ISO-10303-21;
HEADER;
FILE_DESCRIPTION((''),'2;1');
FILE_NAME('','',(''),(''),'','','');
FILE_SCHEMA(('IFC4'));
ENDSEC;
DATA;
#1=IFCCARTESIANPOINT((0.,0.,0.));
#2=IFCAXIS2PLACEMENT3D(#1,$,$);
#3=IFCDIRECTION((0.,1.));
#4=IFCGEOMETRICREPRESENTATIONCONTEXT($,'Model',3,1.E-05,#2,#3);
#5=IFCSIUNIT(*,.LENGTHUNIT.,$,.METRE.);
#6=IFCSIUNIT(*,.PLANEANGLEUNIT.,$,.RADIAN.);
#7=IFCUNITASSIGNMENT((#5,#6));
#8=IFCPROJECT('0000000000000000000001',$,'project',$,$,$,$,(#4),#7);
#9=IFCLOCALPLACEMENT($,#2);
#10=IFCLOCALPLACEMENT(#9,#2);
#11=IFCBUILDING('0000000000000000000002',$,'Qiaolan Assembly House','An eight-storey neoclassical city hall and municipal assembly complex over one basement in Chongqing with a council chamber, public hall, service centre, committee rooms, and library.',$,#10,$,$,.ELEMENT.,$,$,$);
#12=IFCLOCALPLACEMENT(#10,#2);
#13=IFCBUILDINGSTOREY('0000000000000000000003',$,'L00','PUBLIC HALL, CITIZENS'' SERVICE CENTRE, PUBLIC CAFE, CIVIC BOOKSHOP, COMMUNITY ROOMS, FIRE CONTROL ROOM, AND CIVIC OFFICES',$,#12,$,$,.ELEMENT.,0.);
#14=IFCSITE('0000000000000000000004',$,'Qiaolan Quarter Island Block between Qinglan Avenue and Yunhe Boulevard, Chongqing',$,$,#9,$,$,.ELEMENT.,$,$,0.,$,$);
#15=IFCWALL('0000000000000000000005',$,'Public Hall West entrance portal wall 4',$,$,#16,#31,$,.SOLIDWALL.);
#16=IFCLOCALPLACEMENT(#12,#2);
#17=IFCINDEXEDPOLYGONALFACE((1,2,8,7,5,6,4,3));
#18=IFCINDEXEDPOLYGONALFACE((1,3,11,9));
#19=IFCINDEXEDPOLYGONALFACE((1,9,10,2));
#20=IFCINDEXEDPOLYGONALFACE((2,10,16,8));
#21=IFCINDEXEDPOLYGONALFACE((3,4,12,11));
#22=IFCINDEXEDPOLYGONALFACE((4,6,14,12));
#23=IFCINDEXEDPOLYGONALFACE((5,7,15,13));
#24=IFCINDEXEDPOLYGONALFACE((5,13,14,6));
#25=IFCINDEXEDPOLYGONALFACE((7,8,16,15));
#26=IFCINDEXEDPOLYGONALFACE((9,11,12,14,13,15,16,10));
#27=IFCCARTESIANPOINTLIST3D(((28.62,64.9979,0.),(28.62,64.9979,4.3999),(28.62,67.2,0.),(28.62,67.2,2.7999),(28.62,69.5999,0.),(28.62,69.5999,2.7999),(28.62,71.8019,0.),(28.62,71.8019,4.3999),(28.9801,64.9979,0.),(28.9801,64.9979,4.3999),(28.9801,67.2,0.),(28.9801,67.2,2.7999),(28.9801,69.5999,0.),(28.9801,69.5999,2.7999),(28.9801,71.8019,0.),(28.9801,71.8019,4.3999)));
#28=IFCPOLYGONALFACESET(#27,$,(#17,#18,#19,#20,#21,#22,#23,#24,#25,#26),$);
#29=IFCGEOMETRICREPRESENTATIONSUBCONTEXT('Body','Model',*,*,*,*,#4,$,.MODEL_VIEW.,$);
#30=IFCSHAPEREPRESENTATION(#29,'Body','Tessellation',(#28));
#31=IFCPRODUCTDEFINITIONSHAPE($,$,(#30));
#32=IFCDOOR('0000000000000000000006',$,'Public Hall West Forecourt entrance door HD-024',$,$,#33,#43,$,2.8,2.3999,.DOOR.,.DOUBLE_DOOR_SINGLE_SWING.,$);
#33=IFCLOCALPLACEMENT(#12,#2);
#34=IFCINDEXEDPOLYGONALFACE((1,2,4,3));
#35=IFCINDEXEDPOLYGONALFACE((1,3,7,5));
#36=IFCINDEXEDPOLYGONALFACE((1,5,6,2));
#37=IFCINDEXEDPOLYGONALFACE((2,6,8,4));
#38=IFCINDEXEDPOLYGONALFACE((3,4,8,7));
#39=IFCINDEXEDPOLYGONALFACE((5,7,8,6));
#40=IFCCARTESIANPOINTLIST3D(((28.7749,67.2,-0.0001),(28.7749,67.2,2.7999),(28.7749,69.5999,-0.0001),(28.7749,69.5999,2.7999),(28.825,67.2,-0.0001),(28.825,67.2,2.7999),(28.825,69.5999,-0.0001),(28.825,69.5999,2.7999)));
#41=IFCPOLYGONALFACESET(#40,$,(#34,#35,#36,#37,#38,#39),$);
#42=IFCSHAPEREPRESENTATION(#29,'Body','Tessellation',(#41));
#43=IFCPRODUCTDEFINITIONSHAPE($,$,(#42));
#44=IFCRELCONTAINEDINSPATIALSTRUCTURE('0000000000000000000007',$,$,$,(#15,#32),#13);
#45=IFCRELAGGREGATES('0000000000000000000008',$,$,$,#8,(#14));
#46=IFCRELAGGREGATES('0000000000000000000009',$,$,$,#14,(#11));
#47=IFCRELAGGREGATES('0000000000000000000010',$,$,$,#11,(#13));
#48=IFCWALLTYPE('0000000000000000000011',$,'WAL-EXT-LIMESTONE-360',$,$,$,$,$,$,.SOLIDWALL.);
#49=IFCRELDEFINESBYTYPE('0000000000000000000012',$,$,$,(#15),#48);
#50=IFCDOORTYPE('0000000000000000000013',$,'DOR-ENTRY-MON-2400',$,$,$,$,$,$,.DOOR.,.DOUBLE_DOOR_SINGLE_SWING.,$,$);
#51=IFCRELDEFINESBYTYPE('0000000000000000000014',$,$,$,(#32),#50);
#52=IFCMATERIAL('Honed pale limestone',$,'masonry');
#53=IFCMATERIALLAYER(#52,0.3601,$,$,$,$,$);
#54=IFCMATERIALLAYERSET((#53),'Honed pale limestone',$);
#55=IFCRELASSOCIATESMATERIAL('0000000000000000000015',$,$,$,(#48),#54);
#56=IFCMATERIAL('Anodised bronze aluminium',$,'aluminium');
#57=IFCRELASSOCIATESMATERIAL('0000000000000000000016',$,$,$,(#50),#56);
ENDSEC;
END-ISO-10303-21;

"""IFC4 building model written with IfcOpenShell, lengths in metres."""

from ifc_helpers import new_model, si_unit, direction, frame, frame_2d, origin, place, context, subcontext, project, spatial, rectangle, extrude, material, layer, layer_set, type_object, element, fill, save


model = new_model("IFC4")

# Units and contexts
model_context = context("Model", 3, precision=1e-05, world=origin(), true_north=direction((0.0, 1.0)))
body_context = subcontext(model_context, "Body", "Model", "MODEL_VIEW")
ifc_project = project(units=[si_unit("LENGTHUNIT", "METRE"), si_unit("PLANEANGLEUNIT", "RADIAN")], contexts=[model_context])

# Site, building, storey
site_placement = place(None, origin())
site = spatial("IfcSite", under=ifc_project, at=site_placement, Name="Qiaolan Quarter Island Block between Qinglan Avenue and Yunhe Boulevard, Chongqing", CompositionType="ELEMENT", RefElevation=0.0)
building_placement = place(site_placement, origin())
building = spatial("IfcBuilding", under=site, at=building_placement, Name="Qiaolan Assembly House", Description="An eight-storey neoclassical city hall and municipal assembly complex over one basement in Chongqing with a council chamber, public hall, service centre, committee rooms, and library.", CompositionType="ELEMENT")
storey_placement = place(building_placement, origin())
storey = spatial("IfcBuildingStorey", under=building, at=storey_placement, Name="L00", Description="PUBLIC HALL, CITIZENS' SERVICE CENTRE, PUBLIC CAFE, CIVIC BOOKSHOP, COMMUNITY ROOMS, FIRE CONTROL ROOM, AND CIVIC OFFICES", CompositionType="ELEMENT", Elevation=0.0)

# Wall, opening, door
ifc_material_1 = material(Name="Honed pale limestone", Category="masonry")
ifc_layer_1 = layer(ifc_material_1, 0.3601)
ifc_layer_set_1 = layer_set([ifc_layer_1], Name="Honed pale limestone")
wall_type = type_object("IfcWallType", Name="WAL-EXT-LIMESTONE-360", PredefinedType="SOLIDWALL", material=ifc_layer_set_1)
wall_placement = place(storey_placement, frame((28.8, 64.998, 0.0), z_axis=(0.0, 0.0, 1.0), x_axis=(0.0, 1.0, 0.0)))
wall = element("IfcWall", 1, at=wall_placement, inside=storey, type_object=wall_type, Name="Public Hall West entrance portal wall 4", PredefinedType="SOLIDWALL", context=body_context, shape_type="SweptSolid", body=[
    extrude(rectangle(XDim=6.804, YDim=0.3601, at=frame_2d((3.4019, 0.0))), origin(), (0.0, 0.0, 1.0), 4.3999),
])
opening_placement = place(wall_placement, frame((2.2019, 0.0, 0.0)))
opening = element("IfcOpeningElement", 2, at=opening_placement, cuts=wall, PredefinedType="OPENING", context=body_context, shape_type="SweptSolid", body=[
    extrude(rectangle(XDim=2.3999, YDim=2.8, at=frame_2d((1.2, 1.3999))), frame((0.0, 0.1899, 0.0), z_axis=(0.0, -1.0, 0.0), x_axis=(1.0, 0.0, 0.0)), (0.0, 0.0, 1.0), 0.3801),
])
ifc_material_2 = material(Name="Anodised bronze aluminium", Category="aluminium")
door_type = type_object("IfcDoorType", Name="DOR-ENTRY-MON-2400", OperationType="DOUBLE_DOOR_SINGLE_SWING", PredefinedType="DOOR", material=ifc_material_2)
door_placement = place(opening_placement, frame((2.3999, 0.0, 0.0), z_axis=(0.0, 0.0, 1.0), x_axis=(-1.0, 0.0, 0.0)))
door = element("IfcDoor", 3, at=door_placement, inside=storey, type_object=door_type, Name="Public Hall West Forecourt entrance door HD-024", OperationType="DOUBLE_DOOR_SINGLE_SWING", OverallHeight=2.8, OverallWidth=2.3999, PredefinedType="DOOR", context=body_context, shape_type="SweptSolid", body=[
    extrude(rectangle(XDim=2.3999, YDim=2.8, at=frame_2d((1.2, 1.3999))), frame((0.0, 0.0249, 0.0), z_axis=(0.0, -1.0, 0.0), x_axis=(1.0, 0.0, 0.0)), (0.0, 0.0, 1.0), 0.05),
])
fill(opening, door)

save(model, "model.ifc")
